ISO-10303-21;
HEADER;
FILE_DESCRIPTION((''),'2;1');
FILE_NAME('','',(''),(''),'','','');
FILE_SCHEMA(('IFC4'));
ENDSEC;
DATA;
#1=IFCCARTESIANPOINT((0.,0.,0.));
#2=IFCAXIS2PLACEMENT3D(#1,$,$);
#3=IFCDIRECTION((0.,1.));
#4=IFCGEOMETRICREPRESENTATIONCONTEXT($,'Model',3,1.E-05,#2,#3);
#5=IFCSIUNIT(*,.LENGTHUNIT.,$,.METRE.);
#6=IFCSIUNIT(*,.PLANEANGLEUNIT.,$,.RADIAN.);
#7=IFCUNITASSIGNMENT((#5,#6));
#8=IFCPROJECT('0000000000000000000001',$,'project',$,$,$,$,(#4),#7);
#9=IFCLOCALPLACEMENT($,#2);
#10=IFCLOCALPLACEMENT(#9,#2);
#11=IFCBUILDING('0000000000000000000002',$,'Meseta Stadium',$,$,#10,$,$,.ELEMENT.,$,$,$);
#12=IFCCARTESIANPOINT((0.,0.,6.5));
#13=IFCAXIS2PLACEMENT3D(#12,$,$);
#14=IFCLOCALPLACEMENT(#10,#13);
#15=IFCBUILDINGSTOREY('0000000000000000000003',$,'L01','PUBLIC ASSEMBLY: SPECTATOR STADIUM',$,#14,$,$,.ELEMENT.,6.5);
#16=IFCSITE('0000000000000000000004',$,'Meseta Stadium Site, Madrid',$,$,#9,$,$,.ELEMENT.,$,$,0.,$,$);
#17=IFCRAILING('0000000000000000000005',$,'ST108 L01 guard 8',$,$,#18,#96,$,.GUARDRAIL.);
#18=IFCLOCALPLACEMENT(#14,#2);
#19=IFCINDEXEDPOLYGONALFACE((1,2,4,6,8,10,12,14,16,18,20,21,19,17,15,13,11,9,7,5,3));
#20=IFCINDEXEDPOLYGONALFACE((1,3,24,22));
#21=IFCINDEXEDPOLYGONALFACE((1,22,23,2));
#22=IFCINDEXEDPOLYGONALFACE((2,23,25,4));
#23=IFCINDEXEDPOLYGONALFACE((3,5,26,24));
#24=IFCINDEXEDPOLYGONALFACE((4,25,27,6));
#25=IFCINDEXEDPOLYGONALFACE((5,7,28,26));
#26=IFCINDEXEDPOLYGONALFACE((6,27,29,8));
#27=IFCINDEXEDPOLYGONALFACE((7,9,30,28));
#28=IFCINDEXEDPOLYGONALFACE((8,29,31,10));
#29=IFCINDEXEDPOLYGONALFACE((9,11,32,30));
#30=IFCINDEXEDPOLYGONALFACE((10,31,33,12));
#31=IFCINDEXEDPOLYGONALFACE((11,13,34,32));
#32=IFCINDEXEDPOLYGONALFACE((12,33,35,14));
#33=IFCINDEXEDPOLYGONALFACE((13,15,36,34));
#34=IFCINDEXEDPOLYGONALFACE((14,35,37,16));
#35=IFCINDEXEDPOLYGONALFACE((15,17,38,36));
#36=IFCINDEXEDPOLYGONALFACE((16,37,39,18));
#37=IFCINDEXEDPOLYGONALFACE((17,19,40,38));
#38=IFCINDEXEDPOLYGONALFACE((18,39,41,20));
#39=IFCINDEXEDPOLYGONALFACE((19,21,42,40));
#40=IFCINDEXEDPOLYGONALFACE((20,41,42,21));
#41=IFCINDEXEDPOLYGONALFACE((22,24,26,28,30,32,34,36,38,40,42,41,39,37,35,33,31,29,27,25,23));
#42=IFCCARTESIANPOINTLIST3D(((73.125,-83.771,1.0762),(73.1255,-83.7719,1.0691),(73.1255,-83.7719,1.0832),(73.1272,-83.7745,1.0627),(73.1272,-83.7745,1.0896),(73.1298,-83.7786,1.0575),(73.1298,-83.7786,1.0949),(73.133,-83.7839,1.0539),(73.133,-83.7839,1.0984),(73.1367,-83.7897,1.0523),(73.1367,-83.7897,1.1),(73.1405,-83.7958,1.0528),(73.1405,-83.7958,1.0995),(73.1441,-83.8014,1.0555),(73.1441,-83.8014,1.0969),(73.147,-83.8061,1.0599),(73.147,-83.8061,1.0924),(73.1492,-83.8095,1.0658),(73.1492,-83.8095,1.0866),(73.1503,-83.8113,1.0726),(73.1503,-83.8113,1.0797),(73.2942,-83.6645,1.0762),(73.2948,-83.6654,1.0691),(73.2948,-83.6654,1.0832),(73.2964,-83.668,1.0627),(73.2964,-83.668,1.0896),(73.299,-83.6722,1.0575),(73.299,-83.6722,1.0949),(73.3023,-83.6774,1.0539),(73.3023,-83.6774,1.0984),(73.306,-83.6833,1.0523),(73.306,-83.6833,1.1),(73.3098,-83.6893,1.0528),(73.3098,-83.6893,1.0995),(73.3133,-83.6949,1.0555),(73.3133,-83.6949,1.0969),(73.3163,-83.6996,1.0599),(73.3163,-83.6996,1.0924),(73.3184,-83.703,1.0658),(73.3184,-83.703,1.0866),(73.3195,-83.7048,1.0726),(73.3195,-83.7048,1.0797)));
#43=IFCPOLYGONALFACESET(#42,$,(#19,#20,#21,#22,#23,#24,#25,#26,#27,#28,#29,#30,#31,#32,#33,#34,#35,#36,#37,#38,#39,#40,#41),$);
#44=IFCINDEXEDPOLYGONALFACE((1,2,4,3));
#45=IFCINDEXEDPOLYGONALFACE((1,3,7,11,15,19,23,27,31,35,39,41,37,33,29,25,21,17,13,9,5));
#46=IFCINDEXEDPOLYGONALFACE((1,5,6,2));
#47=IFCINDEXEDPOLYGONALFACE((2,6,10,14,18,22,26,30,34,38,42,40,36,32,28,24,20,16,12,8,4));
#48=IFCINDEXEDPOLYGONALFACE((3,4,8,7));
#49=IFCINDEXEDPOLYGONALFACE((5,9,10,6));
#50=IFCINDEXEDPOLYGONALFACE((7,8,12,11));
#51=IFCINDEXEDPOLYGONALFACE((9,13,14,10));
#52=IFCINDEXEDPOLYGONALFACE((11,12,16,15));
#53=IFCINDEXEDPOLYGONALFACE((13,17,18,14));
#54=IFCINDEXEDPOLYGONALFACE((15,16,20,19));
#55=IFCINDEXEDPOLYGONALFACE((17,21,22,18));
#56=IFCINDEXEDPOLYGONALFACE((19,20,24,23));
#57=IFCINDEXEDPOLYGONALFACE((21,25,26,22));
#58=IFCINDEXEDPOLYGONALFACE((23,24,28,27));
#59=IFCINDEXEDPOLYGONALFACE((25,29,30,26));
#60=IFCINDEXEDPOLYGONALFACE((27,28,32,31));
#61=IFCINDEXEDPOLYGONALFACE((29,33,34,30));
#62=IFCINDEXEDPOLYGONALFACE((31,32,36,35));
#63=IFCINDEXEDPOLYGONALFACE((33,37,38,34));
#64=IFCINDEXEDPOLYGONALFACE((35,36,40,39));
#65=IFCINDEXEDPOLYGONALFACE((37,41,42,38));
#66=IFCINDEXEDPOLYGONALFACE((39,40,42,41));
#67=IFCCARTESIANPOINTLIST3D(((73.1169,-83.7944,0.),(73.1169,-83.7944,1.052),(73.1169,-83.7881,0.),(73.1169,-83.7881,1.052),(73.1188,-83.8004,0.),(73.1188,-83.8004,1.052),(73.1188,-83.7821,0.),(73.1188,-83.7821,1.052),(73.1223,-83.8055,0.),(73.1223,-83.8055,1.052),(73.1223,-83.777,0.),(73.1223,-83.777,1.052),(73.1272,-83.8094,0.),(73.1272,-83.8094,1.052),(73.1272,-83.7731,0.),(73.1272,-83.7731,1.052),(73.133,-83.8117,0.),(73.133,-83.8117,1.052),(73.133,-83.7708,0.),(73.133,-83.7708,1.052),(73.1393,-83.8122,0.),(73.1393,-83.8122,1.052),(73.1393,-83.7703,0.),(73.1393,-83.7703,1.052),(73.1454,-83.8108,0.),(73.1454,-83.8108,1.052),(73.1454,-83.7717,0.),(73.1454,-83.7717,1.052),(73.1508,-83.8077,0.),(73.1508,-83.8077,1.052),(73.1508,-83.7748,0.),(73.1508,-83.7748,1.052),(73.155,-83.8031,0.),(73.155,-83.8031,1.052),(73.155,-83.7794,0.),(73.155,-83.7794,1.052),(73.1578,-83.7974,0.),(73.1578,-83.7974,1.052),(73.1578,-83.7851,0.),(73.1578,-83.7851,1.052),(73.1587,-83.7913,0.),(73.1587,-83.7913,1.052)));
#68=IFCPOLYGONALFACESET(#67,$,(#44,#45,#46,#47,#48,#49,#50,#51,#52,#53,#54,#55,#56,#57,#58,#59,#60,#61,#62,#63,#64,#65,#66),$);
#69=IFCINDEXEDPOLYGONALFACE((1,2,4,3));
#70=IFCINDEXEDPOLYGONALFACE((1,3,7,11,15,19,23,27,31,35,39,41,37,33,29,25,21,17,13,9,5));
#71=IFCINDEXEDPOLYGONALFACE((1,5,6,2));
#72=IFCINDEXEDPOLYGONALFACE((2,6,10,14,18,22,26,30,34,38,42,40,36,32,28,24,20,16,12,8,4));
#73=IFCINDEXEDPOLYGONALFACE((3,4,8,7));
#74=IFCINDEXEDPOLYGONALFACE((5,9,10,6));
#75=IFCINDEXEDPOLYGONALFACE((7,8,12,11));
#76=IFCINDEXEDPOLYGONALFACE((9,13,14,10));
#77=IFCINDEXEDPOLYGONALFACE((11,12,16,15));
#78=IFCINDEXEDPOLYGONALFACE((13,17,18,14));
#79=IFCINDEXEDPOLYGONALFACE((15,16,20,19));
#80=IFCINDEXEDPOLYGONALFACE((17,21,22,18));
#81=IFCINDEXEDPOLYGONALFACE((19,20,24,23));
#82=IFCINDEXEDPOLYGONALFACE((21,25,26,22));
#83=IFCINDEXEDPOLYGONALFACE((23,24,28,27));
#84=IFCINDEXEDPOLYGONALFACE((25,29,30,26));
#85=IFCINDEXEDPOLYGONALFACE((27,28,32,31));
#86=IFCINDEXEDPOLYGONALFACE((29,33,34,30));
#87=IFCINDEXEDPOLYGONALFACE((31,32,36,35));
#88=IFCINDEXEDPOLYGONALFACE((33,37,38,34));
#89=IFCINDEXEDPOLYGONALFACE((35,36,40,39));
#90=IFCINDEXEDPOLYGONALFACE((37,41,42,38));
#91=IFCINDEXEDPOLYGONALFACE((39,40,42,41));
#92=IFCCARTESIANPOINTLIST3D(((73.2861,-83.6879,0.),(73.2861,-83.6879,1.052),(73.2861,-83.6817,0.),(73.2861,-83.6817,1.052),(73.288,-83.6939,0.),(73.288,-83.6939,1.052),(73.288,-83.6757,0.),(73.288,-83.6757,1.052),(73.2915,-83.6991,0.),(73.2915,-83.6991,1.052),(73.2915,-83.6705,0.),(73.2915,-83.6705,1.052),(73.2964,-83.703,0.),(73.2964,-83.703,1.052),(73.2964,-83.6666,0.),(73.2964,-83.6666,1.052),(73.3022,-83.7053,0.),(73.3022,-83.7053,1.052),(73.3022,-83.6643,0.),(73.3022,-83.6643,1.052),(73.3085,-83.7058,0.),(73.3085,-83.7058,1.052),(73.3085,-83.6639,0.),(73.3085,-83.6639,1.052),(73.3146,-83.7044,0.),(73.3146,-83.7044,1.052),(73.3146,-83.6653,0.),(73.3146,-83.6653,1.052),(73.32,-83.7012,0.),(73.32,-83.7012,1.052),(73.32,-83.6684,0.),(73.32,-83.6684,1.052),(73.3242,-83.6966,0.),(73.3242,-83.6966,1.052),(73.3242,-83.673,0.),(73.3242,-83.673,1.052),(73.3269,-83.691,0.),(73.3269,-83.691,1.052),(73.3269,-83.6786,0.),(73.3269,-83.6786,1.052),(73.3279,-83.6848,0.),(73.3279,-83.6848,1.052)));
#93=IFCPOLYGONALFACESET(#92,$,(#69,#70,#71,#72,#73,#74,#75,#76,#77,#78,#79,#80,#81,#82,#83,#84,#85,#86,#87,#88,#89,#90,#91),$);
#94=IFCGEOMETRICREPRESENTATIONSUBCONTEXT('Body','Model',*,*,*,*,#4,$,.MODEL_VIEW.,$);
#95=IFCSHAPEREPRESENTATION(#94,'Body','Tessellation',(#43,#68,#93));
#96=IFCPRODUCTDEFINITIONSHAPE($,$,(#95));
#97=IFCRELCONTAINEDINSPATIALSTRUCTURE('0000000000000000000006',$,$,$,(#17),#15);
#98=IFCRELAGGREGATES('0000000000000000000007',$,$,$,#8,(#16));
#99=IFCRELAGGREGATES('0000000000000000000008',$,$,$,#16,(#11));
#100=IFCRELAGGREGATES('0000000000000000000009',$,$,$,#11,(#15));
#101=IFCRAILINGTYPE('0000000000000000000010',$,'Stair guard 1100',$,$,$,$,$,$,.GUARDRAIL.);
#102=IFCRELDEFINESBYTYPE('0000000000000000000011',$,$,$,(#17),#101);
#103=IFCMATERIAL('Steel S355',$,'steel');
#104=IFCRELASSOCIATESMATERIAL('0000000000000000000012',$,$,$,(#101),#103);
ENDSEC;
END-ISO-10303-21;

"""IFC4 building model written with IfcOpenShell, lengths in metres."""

from ifc_helpers import new_model, si_unit, direction, frame, origin, origin_2d, place, context, subcontext, project, spatial, circle, extrude, material, type_object, element, save


model = new_model("IFC4")

# Units and contexts
model_context = context("Model", 3, precision=1e-05, world=origin(), true_north=direction((0.0, 1.0)))
body_context = subcontext(model_context, "Body", "Model", "MODEL_VIEW")
ifc_project = project(units=[si_unit("LENGTHUNIT", "METRE"), si_unit("PLANEANGLEUNIT", "RADIAN")], contexts=[model_context])

# Site, building, storey
site_placement = place(None, origin())
site = spatial("IfcSite", under=ifc_project, at=site_placement, Name="Meseta Stadium Site, Madrid", CompositionType="ELEMENT", RefElevation=0.0)
building_placement = place(site_placement, origin())
building = spatial("IfcBuilding", under=site, at=building_placement, Name="Meseta Stadium", CompositionType="ELEMENT")
storey_placement = place(building_placement, frame((0.0, 0.0, 6.5)))
storey = spatial("IfcBuildingStorey", under=building, at=storey_placement, Name="L01", Description="PUBLIC ASSEMBLY: SPECTATOR STADIUM", CompositionType="ELEMENT", Elevation=6.5)

# Railing
ifc_material_1 = material(Name="Steel S355", Category="steel")
railing_type_1 = type_object("IfcRailingType", Name="Stair guard 1100", PredefinedType="GUARDRAIL", material=ifc_material_1)
railing_1_placement = place(storey_placement, frame((73.1377, -83.7913, 0.0)))
element("IfcRailing", 1, at=railing_1_placement, inside=storey, type_object=railing_type_1, Name="ST108 L01 guard 8", PredefinedType="GUARDRAIL", context=body_context, shape_type="SweptSolid", body=[
    extrude(circle(Radius=0.0239, at=origin_2d()), frame((0.0, 0.0, 1.0762), z_axis=(0.846416, 0.532522, 0.0), x_axis=(-0.532522, 0.846416, 0.0)), (0.0, 0.0, 1.0), 0.2),
    extrude(circle(Radius=0.021, at=origin_2d()), origin(), (0.0, 0.0, 1.0), 1.052),
    extrude(circle(Radius=0.021, at=origin_2d()), frame((0.1692, 0.1064, 0.0)), (0.0, 0.0, 1.0), 1.052),
])

save(model, "model.ifc")
